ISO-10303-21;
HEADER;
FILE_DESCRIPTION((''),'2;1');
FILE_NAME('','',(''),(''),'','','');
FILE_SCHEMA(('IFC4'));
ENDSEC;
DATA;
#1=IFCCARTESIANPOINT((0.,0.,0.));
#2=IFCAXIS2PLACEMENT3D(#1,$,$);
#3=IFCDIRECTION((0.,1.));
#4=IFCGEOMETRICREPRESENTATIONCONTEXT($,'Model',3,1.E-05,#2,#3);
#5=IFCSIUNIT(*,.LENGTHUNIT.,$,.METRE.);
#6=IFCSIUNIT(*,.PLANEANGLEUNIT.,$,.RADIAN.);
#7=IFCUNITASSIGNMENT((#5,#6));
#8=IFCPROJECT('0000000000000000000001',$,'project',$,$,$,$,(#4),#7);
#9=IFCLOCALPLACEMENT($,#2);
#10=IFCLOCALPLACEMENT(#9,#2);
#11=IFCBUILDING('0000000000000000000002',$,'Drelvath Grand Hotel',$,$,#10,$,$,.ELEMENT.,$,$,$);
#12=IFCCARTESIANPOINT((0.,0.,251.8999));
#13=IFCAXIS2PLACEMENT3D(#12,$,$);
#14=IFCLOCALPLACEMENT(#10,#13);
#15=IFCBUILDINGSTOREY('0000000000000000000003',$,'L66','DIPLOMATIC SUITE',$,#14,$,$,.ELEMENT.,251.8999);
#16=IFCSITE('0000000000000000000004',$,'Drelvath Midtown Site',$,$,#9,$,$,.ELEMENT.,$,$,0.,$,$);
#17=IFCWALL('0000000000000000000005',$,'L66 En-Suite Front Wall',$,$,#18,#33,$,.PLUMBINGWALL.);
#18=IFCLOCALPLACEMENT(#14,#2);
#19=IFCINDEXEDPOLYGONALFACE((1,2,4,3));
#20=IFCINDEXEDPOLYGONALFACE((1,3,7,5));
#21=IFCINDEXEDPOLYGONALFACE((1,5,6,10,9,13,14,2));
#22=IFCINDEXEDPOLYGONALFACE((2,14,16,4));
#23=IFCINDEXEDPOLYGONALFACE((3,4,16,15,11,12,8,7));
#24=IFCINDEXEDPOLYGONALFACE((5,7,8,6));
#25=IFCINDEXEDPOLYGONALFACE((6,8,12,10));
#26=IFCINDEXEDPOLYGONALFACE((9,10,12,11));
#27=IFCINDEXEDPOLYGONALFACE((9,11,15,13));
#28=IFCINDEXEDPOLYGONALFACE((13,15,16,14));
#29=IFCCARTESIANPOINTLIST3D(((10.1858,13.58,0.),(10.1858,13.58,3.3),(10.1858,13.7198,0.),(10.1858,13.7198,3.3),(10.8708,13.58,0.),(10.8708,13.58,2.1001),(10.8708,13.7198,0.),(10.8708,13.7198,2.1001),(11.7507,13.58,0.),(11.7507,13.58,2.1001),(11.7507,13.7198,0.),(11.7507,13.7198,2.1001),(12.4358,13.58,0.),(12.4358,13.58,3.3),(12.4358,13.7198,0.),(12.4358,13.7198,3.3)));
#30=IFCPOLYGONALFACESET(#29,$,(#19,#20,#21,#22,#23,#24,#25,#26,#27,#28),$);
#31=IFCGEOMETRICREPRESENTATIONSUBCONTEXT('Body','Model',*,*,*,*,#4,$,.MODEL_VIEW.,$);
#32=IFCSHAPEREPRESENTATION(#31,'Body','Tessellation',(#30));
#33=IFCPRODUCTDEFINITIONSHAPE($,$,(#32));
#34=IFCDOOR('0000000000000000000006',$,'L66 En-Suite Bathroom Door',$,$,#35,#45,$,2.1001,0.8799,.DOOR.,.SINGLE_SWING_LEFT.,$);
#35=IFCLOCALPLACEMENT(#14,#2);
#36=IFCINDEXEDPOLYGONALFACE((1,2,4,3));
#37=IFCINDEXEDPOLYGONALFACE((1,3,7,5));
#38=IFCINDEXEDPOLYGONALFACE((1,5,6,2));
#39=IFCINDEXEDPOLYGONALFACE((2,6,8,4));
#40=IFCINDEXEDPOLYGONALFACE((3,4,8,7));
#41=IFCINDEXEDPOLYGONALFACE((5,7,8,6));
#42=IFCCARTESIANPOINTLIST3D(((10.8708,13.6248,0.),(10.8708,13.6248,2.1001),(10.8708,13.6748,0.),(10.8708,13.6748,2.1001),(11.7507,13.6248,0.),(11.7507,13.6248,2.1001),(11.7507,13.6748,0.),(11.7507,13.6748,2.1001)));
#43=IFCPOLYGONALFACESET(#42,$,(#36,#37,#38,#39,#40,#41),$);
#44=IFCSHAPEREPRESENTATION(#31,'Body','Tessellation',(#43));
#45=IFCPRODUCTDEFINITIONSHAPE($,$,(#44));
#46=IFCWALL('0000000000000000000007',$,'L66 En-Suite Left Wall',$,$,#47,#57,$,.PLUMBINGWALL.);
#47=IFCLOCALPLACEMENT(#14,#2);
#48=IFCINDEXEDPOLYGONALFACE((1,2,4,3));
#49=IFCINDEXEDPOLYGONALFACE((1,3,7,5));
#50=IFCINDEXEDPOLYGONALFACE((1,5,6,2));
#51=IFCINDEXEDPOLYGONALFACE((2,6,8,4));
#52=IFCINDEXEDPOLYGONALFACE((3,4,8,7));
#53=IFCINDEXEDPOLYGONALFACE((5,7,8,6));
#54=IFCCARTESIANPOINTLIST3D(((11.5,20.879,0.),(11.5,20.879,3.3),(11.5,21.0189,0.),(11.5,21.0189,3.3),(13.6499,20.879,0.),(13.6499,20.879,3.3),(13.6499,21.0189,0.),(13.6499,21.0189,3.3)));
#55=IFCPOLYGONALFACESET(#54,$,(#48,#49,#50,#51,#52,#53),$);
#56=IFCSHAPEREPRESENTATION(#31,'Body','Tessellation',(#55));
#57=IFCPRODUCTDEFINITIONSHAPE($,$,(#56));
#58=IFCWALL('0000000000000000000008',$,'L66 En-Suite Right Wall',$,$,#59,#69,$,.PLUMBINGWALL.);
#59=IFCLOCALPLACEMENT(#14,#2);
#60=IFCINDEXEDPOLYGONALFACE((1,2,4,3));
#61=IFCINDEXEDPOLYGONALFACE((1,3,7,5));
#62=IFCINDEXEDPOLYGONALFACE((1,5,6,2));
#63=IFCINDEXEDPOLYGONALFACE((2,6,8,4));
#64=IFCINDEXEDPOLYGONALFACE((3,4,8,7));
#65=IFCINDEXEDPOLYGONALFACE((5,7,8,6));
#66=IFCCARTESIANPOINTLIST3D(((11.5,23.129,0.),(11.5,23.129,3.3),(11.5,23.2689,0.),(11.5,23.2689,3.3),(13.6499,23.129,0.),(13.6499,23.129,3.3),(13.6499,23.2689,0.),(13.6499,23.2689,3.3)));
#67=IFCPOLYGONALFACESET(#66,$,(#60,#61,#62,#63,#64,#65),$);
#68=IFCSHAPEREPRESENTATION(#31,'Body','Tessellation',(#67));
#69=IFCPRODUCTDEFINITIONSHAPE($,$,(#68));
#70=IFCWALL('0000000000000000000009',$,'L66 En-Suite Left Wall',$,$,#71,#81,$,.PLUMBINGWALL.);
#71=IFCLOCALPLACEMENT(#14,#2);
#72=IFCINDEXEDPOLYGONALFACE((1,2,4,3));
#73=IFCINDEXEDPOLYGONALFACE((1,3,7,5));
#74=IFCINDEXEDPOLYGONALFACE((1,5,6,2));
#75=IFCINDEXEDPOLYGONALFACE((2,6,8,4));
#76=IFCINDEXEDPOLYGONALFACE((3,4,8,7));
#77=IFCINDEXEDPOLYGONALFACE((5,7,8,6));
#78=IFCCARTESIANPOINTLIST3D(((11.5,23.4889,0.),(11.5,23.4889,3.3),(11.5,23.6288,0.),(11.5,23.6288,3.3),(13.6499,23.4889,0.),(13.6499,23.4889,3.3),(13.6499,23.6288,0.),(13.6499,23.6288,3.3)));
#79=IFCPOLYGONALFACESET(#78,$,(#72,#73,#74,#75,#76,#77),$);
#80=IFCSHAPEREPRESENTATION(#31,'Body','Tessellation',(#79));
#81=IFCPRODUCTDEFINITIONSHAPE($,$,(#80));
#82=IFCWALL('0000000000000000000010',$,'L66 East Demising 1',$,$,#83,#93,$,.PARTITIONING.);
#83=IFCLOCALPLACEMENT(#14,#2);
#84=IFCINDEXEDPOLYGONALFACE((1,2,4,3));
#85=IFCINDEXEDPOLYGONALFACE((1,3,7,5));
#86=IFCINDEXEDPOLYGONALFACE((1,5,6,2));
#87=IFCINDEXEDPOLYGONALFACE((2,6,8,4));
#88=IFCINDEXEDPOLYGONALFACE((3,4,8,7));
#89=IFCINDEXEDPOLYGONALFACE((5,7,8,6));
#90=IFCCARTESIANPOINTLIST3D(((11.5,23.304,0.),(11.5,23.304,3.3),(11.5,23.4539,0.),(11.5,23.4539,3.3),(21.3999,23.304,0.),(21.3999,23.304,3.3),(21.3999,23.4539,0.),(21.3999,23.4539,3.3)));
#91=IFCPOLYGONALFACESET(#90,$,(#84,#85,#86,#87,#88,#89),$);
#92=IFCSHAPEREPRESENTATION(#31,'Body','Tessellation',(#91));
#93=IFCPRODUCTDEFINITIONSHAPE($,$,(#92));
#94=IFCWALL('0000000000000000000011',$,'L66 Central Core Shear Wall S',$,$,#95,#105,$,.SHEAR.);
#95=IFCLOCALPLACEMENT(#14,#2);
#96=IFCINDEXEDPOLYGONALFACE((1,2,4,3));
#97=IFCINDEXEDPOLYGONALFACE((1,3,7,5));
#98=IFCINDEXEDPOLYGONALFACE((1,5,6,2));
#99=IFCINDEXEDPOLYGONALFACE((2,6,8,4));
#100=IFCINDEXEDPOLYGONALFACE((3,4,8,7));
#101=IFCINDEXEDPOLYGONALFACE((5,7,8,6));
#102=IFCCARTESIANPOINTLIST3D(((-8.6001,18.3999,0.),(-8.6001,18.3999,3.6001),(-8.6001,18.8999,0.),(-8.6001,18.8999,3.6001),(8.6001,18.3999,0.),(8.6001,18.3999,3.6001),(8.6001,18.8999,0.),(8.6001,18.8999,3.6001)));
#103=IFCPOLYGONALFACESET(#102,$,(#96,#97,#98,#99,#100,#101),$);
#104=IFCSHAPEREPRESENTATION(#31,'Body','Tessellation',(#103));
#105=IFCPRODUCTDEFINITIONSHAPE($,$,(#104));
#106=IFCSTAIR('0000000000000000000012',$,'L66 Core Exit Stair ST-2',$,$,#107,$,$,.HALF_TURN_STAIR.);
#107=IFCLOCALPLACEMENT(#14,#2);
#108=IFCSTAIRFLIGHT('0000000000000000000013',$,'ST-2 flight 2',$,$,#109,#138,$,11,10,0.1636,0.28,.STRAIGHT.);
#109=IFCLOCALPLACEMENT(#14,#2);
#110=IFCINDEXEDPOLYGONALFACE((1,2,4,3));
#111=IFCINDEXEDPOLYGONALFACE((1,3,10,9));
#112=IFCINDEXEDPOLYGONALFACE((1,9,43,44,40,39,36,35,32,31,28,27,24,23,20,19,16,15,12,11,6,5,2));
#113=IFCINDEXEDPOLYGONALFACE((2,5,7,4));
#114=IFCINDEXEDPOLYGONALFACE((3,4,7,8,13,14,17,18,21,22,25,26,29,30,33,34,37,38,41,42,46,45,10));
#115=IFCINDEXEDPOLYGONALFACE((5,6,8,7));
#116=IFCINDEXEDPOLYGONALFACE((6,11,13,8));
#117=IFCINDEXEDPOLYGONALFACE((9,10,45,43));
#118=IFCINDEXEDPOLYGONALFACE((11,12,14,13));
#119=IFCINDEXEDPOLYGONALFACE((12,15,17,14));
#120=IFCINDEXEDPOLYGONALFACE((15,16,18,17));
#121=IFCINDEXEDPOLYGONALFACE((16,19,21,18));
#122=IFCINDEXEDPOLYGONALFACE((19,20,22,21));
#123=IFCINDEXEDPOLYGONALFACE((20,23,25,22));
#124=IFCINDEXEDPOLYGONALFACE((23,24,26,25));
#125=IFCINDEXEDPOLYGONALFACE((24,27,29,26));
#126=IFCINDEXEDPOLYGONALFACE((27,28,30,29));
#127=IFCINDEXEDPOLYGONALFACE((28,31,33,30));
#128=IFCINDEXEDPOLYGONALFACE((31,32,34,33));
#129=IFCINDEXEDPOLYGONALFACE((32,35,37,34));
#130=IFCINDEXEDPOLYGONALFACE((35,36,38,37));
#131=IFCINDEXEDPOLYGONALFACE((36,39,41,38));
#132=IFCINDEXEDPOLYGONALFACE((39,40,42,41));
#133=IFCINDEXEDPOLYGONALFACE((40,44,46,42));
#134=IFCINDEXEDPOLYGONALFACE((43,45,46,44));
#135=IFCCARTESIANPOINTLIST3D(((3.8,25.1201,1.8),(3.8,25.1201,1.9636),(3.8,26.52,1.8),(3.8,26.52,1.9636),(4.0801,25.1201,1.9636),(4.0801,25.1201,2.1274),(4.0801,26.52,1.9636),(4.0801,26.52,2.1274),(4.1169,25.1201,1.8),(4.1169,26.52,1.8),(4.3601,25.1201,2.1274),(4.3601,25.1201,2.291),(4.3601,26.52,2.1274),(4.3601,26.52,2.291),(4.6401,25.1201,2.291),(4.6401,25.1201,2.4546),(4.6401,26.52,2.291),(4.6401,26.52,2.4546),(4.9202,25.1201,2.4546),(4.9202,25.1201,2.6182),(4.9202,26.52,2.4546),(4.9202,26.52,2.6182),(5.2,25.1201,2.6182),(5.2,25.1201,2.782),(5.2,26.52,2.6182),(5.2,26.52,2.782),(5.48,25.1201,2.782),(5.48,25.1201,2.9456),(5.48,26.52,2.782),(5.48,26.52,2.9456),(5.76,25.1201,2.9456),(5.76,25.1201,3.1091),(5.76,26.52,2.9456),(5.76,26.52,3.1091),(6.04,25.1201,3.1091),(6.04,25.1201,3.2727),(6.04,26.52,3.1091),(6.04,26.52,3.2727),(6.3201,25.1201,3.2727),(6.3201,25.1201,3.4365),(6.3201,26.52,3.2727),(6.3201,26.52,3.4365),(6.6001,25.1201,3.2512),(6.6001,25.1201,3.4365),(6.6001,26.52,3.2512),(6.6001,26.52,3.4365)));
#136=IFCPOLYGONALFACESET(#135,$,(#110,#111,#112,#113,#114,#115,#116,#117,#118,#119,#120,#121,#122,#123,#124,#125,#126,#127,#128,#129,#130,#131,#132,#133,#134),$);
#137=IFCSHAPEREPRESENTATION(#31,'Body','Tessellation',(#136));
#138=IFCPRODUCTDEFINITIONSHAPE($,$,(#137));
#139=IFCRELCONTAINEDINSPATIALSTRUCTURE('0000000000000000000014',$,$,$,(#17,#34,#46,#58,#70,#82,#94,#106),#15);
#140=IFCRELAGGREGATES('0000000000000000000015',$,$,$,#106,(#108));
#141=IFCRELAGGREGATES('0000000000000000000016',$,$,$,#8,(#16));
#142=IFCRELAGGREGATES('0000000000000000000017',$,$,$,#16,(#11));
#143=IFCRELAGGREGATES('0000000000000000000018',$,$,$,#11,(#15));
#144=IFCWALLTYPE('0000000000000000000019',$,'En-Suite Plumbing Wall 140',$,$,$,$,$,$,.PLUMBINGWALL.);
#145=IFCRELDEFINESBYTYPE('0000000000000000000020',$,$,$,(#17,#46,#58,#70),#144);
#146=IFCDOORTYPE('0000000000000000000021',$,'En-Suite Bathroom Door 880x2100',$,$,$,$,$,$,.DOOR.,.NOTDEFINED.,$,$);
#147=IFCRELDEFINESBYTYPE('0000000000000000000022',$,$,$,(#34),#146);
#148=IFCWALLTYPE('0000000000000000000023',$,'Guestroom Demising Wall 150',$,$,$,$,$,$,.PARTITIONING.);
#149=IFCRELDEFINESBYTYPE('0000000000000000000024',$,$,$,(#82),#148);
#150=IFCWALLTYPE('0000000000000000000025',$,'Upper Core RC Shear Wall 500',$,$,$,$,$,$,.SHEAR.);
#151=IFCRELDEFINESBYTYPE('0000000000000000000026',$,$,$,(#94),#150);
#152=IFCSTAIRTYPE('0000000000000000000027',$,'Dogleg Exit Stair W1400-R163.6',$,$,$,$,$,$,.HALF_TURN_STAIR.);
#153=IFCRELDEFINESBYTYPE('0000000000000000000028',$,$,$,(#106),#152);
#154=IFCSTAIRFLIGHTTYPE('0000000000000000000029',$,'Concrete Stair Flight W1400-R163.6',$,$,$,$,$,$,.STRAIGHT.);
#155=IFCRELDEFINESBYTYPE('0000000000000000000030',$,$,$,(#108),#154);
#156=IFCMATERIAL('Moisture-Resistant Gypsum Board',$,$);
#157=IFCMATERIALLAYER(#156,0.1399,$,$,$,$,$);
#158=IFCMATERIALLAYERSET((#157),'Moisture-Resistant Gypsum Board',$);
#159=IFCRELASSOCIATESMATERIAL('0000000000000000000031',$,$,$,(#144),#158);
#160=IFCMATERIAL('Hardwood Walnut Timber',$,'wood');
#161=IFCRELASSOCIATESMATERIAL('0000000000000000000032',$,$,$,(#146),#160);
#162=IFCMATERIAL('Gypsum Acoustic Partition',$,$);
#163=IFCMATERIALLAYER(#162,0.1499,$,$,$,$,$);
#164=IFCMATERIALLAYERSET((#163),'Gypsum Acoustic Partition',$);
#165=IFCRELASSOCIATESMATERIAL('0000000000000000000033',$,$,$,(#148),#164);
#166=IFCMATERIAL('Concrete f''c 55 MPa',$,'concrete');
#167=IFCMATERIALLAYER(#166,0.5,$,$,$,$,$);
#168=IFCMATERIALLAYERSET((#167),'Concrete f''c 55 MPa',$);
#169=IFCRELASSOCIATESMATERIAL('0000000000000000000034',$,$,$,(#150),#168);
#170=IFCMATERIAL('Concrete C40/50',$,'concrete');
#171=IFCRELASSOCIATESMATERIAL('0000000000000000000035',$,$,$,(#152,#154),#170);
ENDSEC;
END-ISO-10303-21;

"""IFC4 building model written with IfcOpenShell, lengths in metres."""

from ifc_helpers import new_model, si_unit, direction, frame, frame_2d, origin, place, context, subcontext, project, spatial, polyline, rectangle, outline, extrude, material, layer, layer_set, type_object, element, fill, aggregate, save


model = new_model("IFC4")

# Units and contexts
model_context = context("Model", 3, precision=1e-05, world=origin(), true_north=direction((0.0, 1.0)))
body_context = subcontext(model_context, "Body", "Model", "MODEL_VIEW")
ifc_project = project(units=[si_unit("LENGTHUNIT", "METRE"), si_unit("PLANEANGLEUNIT", "RADIAN")], contexts=[model_context])

# Site, building, storey
site_placement = place(None, origin())
site = spatial("IfcSite", under=ifc_project, at=site_placement, Name="Drelvath Midtown Site", CompositionType="ELEMENT", RefElevation=0.0)
building_placement = place(site_placement, origin())
building = spatial("IfcBuilding", under=site, at=building_placement, Name="Drelvath Grand Hotel", CompositionType="ELEMENT")
storey_placement = place(building_placement, frame((0.0, 0.0, 251.8999)))
storey = spatial("IfcBuildingStorey", under=building, at=storey_placement, Name="L66", Description="DIPLOMATIC SUITE", CompositionType="ELEMENT", Elevation=251.8999)

# Shared definitions
ifc_material_1 = material(Name="Concrete f'c 55 MPa", Category="concrete")

# Shared definitions
ifc_material_2 = material(Name="Concrete C40/50", Category="concrete")

# Shared definitions
ifc_material_3 = material(Name="Hardwood Walnut Timber", Category="wood")

# Shared definitions
ifc_material_4 = material(Name="Moisture-Resistant Gypsum Board")
ifc_layer_1 = layer(ifc_material_4, 0.1399)
ifc_layer_set_1 = layer_set([ifc_layer_1], Name="Moisture-Resistant Gypsum Board")
wall_type_1 = type_object("IfcWallType", Name="En-Suite Plumbing Wall 140", PredefinedType="PLUMBINGWALL", material=ifc_layer_set_1)

# Shared definitions
door_type_1 = type_object("IfcDoorType", Name="En-Suite Bathroom Door 880x2100", OperationType="NOTDEFINED", PredefinedType="DOOR", material=ifc_material_3)

# Wall, opening, door
wall_1_placement = place(storey_placement, frame((10.1858, 13.6499, 0.0), z_axis=(0.0, 0.0, 1.0), x_axis=(1.0, 0.0, 0.0)))
wall_1 = element("IfcWall", 1, at=wall_1_placement, inside=storey, type_object=wall_type_1, Name="L66 En-Suite Front Wall", PredefinedType="PLUMBINGWALL", context=body_context, shape_type="SweptSolid", body=[
    extrude(rectangle(XDim=2.25, YDim=0.1399, at=frame_2d((1.125, 0.0))), origin(), (0.0, 0.0, 1.0), 3.3),
])
opening_1_placement = place(wall_1_placement, frame((0.6851, 0.0, 0.0)))
opening_1 = element("IfcOpeningElement", 2, at=opening_1_placement, cuts=wall_1, PredefinedType="OPENING", context=body_context, shape_type="SweptSolid", body=[
    extrude(rectangle(XDim=0.8799, YDim=2.1001, at=frame_2d((0.4399, 1.05))), frame((0.0, 0.0798, 0.0), z_axis=(0.0, -1.0, 0.0), x_axis=(1.0, 0.0, 0.0)), (0.0, 0.0, 1.0), 0.1599),
])
door_1_placement = place(opening_1_placement, origin())
door_1 = element("IfcDoor", 3, at=door_1_placement, inside=storey, type_object=door_type_1, Name="L66 En-Suite Bathroom Door", OperationType="SINGLE_SWING_LEFT", OverallHeight=2.1001, OverallWidth=0.8799, PredefinedType="DOOR", context=body_context, shape_type="SweptSolid", body=[
    extrude(rectangle(XDim=0.8799, YDim=2.1001, at=frame_2d((0.4399, 1.05))), frame((0.0, 0.0249, 0.0), z_axis=(0.0, -1.0, 0.0), x_axis=(1.0, 0.0, 0.0)), (0.0, 0.0, 1.0), 0.05),
])
fill(opening_1, door_1)

# Walls
for number, where, z_axis, x_axis, name in (
    (4, (11.5, 20.949, 0.0), (0.0, 0.0, 1.0), (1.0, 0.0, 0.0), "L66 En-Suite Left Wall"),
    (5, (11.5, 23.199, 0.0), (0.0, 0.0, 1.0), (1.0, 0.0, 0.0), "L66 En-Suite Right Wall"),
    (6, (11.5, 23.5588, 0.0), (0.0, 0.0, 1.0), (1.0, 0.0, 0.0), "L66 En-Suite Left Wall"),
):
    element("IfcWall", number, at=place(storey_placement, frame(where, z_axis=z_axis, x_axis=x_axis)), inside=storey, type_object=wall_type_1, Name=name, PredefinedType="PLUMBINGWALL", context=body_context, shape_type="SweptSolid", body=[
        extrude(rectangle(XDim=2.1499, YDim=0.1399, at=frame_2d((1.075, 0.0))), origin(), (0.0, 0.0, 1.0), 3.3),
    ])
ifc_material_5 = material(Name="Gypsum Acoustic Partition")
ifc_layer_2 = layer(ifc_material_5, 0.1499)
ifc_layer_set_2 = layer_set([ifc_layer_2], Name="Gypsum Acoustic Partition")
wall_type_2 = type_object("IfcWallType", Name="Guestroom Demising Wall 150", PredefinedType="PARTITIONING", material=ifc_layer_set_2)
wall_2_placement = place(storey_placement, frame((11.5, 23.3789, 0.0), z_axis=(0.0, 0.0, 1.0), x_axis=(1.0, 0.0, 0.0)))
element("IfcWall", 7, at=wall_2_placement, inside=storey, type_object=wall_type_2, Name="L66 East Demising 1", PredefinedType="PARTITIONING", context=body_context, shape_type="SweptSolid", body=[
    extrude(rectangle(XDim=9.8999, YDim=0.1499, at=frame_2d((4.95, 0.0))), origin(), (0.0, 0.0, 1.0), 3.3),
])
ifc_layer_3 = layer(ifc_material_1, 0.5)
ifc_layer_set_3 = layer_set([ifc_layer_3], Name="Concrete f'c 55 MPa")
wall_type_3 = type_object("IfcWallType", Name="Upper Core RC Shear Wall 500", PredefinedType="SHEAR", material=ifc_layer_set_3)
wall_3_placement = place(storey_placement, frame((8.6001, 18.6499, 0.0), z_axis=(0.0, 0.0, 1.0), x_axis=(-1.0, 0.0, 0.0)))
element("IfcWall", 8, at=wall_3_placement, inside=storey, type_object=wall_type_3, Name="L66 Central Core Shear Wall S", PredefinedType="SHEAR", context=body_context, shape_type="SweptSolid", body=[
    extrude(rectangle(XDim=17.2002, YDim=0.5, at=frame_2d((8.6001, 0.0))), origin(), (0.0, 0.0, 1.0), 3.6001),
])

# Stair, stair flight
stair_type = type_object("IfcStairType", Name="Dogleg Exit Stair W1400-R163.6", PredefinedType="HALF_TURN_STAIR", material=ifc_material_2)
stair_placement = place(storey_placement, origin())
stair = element("IfcStair", 9, at=stair_placement, inside=storey, type_object=stair_type, Name="L66 Core Exit Stair ST-2", PredefinedType="HALF_TURN_STAIR")
stair_flight_type = type_object("IfcStairFlightType", Name="Concrete Stair Flight W1400-R163.6", PredefinedType="STRAIGHT", material=ifc_material_2)
stair_flight_placement = place(storey_placement, frame((3.8, 25.8201, 1.8), z_axis=(0.0, 0.0, 1.0), x_axis=(1.0, 0.0, 0.0)))
stair_flight = element("IfcStairFlight", 10, at=stair_flight_placement, type_object=stair_flight_type, Name="ST-2 flight 2", NumberOfRisers=11, NumberOfTreads=10, PredefinedType="STRAIGHT", RiserHeight=0.1636, TreadLength=0.28, context=body_context, shape_type="SweptSolid", body=[
    extrude(outline(polyline([(0.0, 0.0), (0.0, 0.1636), (0.28, 0.1636), (0.28, 0.3274), (0.5601, 0.3274), (0.5601, 0.491), (0.8401, 0.491), (0.8401, 0.6545), (1.1201, 0.6545), (1.1201, 0.8181), (1.3999, 0.8181), (1.3999, 0.9819), (1.6799, 0.9819), (1.6799, 1.1455), (1.96, 1.1455), (1.96, 1.3091), (2.24, 1.3091), (2.24, 1.4727), (2.52, 1.4727), (2.52, 1.6365), (2.8, 1.6365), (2.8, 1.8), (2.8, 1.4512), (0.3169, 0.0), (0.0, 0.0)])), frame((0.0, 0.7, 0.0), z_axis=(0.0, -1.0, 0.0), x_axis=(1.0, 0.0, 0.0)), (0.0, 0.0, 1.0), 1.3999),
])
aggregate(stair, [stair_flight])

save(model, "model.ifc")
